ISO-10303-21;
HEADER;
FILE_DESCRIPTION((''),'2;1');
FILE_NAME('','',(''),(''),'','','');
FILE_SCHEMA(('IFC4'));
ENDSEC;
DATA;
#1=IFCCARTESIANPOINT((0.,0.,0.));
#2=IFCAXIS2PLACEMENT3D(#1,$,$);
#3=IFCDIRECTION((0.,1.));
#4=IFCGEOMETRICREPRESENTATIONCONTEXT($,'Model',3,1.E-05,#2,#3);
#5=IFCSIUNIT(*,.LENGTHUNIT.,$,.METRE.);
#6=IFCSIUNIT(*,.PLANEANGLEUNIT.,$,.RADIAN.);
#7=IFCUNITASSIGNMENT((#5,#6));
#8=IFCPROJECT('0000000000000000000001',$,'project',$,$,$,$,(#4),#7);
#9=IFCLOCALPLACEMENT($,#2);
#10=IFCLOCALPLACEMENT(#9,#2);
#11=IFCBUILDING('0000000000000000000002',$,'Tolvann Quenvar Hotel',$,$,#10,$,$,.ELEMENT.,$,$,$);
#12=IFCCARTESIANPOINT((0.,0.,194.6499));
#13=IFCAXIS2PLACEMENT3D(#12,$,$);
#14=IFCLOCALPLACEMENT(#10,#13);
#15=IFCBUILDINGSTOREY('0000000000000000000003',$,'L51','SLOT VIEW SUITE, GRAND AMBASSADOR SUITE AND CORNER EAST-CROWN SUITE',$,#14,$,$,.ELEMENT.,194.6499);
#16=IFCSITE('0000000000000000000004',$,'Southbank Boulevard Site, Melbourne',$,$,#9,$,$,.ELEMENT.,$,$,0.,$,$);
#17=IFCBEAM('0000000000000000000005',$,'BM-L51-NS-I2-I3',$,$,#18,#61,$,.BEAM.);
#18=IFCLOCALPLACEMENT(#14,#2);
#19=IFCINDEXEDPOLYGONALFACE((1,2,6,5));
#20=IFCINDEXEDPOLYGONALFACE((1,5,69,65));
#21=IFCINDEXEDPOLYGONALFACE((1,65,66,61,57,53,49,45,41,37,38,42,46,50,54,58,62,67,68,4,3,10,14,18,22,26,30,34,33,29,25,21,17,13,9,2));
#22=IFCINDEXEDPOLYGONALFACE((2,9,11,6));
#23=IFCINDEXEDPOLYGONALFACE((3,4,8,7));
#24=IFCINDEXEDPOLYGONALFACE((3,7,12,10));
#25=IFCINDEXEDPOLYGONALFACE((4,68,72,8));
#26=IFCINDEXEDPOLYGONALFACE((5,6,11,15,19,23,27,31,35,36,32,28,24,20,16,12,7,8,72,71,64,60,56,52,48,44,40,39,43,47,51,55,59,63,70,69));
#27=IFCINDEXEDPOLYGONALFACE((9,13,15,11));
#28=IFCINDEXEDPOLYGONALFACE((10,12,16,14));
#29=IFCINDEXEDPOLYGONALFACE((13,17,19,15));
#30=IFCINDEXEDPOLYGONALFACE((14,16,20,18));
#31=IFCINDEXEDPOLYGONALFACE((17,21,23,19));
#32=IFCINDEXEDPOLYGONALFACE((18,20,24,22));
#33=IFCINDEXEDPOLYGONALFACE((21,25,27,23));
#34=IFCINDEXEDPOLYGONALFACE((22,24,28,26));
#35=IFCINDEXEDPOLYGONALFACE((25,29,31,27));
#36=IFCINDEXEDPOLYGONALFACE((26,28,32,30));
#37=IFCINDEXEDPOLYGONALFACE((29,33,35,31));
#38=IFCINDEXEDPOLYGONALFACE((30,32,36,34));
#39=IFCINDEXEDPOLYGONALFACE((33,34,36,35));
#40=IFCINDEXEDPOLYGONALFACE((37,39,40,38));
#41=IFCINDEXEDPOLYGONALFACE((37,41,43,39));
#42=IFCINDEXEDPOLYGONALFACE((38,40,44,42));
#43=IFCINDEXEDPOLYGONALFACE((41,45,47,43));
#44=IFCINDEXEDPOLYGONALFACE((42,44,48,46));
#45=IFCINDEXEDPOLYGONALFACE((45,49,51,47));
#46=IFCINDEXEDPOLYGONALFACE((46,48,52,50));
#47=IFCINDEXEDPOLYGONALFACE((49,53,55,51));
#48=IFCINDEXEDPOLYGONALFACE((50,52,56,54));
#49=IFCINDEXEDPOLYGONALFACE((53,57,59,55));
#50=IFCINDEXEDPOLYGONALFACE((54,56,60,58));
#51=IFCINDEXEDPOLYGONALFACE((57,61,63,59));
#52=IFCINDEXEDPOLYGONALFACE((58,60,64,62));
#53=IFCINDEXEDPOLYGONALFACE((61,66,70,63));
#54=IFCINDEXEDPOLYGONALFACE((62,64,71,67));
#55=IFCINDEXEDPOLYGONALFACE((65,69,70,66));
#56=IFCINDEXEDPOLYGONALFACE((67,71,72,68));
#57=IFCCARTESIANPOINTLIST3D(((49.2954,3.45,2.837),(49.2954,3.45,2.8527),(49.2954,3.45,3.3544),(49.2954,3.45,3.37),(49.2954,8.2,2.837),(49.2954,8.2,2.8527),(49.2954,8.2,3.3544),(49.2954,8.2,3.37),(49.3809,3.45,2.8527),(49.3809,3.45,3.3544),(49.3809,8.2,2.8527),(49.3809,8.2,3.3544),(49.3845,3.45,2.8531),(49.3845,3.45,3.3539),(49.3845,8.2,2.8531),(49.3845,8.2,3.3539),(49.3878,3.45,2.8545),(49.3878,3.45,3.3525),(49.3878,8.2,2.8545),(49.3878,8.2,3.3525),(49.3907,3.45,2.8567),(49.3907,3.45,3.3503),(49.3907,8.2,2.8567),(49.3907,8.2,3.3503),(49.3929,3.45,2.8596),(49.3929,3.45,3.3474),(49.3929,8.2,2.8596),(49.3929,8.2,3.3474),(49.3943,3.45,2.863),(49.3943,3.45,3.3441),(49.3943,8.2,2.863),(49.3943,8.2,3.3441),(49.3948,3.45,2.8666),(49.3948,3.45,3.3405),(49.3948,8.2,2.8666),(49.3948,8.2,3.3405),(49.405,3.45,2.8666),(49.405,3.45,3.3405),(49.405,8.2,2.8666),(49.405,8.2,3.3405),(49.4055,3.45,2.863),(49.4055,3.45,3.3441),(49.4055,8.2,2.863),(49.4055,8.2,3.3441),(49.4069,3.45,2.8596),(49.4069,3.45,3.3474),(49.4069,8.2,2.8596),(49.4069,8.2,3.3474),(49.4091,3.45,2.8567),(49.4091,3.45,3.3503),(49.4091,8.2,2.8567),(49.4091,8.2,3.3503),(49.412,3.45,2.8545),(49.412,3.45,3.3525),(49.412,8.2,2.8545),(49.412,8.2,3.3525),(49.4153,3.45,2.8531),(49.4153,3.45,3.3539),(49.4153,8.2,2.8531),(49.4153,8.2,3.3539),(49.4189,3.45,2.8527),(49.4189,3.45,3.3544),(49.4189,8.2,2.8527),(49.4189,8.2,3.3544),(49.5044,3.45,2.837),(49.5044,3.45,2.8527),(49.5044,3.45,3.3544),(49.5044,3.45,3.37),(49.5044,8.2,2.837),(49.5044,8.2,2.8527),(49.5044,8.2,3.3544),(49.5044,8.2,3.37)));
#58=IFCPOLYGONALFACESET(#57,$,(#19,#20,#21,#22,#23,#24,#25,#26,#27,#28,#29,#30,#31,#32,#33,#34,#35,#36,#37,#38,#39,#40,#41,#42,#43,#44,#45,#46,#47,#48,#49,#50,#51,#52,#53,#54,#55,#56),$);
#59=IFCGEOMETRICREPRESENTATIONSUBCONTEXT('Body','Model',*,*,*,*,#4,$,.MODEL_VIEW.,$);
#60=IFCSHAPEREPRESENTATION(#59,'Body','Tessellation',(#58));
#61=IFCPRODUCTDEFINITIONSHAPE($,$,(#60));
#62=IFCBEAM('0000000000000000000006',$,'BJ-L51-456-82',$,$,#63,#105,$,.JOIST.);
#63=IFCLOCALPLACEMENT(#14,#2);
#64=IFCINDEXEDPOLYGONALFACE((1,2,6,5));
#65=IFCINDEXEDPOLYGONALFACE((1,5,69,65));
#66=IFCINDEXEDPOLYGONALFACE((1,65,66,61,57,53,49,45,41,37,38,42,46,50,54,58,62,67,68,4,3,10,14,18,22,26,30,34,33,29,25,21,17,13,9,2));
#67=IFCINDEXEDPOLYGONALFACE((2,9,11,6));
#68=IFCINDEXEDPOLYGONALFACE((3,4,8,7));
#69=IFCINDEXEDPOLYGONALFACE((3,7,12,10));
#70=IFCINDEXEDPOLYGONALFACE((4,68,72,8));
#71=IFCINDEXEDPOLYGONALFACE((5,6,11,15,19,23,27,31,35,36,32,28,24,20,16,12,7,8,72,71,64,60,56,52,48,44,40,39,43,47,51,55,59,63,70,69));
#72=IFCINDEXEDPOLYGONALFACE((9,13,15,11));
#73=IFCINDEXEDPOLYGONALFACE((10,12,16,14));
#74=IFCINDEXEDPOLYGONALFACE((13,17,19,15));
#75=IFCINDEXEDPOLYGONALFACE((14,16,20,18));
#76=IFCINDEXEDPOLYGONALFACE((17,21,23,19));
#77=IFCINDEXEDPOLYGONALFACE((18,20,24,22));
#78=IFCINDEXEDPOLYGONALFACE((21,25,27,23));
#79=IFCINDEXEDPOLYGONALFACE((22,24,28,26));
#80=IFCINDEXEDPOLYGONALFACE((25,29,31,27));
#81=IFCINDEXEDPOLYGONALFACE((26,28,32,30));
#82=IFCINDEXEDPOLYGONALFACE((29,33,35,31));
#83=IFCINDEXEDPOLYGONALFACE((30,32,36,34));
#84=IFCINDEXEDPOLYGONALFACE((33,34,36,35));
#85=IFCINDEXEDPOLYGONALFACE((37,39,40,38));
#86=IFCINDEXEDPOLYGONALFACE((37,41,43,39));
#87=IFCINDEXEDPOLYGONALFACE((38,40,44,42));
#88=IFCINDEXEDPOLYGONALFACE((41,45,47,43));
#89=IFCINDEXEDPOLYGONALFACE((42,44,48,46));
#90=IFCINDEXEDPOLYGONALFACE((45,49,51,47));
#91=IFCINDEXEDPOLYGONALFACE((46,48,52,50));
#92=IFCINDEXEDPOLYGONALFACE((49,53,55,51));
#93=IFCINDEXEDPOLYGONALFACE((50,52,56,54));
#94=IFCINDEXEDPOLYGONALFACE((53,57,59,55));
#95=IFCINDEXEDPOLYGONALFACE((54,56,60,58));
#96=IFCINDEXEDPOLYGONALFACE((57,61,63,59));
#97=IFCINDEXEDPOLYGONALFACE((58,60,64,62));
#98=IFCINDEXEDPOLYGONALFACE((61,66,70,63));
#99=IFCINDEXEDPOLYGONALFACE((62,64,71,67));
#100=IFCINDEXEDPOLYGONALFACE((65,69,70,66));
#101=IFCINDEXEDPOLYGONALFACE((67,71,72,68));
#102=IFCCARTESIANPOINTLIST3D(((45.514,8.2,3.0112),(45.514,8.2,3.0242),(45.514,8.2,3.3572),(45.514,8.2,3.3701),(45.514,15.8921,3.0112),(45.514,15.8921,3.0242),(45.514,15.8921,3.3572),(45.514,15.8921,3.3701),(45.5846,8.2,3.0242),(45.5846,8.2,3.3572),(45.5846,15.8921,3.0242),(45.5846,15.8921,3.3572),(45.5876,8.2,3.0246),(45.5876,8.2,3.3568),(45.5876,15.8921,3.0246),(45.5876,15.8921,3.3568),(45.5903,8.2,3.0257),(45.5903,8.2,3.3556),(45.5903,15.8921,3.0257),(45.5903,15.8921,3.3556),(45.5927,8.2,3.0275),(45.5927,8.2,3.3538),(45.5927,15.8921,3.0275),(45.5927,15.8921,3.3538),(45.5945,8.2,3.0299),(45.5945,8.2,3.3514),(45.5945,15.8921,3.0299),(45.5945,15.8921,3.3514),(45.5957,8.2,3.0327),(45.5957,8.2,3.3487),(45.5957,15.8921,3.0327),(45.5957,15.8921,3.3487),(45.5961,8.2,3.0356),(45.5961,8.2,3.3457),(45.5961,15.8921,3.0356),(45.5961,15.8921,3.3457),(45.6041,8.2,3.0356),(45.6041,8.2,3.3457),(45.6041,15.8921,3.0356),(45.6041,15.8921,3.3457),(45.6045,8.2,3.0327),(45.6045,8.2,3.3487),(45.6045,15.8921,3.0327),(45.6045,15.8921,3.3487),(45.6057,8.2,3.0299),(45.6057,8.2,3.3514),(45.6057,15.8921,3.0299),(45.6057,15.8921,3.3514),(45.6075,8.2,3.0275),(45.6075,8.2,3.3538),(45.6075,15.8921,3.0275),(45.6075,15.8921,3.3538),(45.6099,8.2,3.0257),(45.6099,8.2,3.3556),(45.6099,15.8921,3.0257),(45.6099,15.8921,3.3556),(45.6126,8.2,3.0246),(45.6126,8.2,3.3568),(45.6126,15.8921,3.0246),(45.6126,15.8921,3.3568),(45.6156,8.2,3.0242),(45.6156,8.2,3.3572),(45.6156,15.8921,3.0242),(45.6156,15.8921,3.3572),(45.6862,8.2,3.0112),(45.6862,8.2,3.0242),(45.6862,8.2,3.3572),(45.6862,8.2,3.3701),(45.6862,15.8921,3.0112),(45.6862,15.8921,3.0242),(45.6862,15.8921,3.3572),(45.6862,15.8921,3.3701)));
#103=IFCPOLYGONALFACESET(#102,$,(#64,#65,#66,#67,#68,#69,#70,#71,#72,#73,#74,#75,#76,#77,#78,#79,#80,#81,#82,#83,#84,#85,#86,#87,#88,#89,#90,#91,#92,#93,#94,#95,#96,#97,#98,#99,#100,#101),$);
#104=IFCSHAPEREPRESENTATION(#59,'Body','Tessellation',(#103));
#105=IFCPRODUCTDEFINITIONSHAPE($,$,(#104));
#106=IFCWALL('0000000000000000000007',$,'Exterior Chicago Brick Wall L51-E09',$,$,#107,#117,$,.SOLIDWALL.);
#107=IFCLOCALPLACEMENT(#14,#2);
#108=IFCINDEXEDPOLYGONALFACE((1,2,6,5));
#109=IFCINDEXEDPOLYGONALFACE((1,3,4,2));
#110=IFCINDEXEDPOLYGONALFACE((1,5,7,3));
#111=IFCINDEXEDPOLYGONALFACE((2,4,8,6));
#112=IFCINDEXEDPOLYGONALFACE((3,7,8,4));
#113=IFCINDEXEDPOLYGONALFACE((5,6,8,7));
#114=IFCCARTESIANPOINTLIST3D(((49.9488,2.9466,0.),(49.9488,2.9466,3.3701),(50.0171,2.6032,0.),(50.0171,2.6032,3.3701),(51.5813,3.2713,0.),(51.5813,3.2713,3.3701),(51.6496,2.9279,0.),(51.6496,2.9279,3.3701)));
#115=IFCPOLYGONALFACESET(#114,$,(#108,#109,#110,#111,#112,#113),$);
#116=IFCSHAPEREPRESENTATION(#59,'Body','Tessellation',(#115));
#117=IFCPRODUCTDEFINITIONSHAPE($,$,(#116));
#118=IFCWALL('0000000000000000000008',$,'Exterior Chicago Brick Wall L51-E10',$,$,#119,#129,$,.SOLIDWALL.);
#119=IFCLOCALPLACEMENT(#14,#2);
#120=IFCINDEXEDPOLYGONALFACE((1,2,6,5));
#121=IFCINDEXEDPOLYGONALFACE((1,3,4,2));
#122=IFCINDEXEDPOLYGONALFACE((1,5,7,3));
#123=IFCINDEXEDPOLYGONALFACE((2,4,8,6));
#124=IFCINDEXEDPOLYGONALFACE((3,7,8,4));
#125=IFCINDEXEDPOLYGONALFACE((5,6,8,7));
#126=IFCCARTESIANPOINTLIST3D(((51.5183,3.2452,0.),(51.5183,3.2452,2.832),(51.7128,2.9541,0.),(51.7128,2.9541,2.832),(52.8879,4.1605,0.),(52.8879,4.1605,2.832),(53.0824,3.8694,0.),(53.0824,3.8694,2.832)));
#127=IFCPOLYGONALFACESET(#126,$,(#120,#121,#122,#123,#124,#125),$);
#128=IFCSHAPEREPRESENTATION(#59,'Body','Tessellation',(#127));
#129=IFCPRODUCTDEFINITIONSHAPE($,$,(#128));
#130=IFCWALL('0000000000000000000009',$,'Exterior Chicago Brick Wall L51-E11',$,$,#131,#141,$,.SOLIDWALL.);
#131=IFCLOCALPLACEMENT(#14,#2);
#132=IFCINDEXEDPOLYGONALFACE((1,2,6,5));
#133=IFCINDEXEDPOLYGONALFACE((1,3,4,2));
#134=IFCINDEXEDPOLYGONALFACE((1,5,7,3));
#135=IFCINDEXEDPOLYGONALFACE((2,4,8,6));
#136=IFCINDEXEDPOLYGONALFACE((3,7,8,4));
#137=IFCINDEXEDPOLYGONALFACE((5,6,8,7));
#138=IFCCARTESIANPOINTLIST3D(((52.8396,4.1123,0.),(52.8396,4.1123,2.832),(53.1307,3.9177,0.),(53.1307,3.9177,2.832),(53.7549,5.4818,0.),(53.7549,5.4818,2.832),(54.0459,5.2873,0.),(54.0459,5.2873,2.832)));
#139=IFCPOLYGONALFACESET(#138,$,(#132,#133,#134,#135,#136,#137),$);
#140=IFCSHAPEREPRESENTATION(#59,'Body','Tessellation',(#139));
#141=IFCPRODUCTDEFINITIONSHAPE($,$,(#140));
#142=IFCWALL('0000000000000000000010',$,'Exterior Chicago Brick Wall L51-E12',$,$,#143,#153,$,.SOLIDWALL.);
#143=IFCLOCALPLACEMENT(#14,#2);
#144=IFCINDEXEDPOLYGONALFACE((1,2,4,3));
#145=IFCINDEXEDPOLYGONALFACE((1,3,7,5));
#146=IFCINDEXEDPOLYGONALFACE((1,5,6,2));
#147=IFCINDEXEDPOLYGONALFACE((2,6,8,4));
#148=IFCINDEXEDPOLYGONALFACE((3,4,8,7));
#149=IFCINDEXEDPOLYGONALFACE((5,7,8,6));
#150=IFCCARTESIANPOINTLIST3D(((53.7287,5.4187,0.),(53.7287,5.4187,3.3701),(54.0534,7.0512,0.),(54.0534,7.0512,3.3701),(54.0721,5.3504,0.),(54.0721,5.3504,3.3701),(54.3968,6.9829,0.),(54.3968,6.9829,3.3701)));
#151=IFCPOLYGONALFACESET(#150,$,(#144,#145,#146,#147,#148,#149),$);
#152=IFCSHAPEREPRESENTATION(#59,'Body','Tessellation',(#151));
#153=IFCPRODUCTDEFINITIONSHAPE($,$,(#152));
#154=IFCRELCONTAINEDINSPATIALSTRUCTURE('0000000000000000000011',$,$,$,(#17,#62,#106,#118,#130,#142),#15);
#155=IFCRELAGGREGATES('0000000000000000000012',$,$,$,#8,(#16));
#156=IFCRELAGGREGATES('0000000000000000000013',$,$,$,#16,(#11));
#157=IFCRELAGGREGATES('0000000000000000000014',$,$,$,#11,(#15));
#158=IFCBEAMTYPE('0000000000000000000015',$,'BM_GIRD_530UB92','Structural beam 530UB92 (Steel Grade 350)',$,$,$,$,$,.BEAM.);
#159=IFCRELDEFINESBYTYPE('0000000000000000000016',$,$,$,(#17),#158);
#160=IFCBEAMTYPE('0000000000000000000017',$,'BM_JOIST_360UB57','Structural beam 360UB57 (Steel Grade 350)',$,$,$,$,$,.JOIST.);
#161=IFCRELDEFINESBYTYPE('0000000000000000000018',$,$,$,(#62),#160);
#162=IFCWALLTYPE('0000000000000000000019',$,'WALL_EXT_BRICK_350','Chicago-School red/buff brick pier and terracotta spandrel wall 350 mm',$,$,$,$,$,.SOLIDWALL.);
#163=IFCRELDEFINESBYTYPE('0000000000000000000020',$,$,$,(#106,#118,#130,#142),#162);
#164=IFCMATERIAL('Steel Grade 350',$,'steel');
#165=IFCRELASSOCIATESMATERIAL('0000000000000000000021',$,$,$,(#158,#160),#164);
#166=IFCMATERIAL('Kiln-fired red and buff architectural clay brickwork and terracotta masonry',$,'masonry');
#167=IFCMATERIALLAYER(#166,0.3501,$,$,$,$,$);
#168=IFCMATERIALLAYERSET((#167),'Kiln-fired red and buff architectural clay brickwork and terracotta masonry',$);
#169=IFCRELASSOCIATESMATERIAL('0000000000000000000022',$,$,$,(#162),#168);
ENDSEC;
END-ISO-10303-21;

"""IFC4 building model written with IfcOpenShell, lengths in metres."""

from ifc_helpers import new_model, si_unit, direction, frame, frame_2d, origin, origin_2d, place, context, subcontext, project, spatial, rectangle, i_section, extrude, source, transform, mapped, material, layer, layer_set, material_profile, profile_set, type_object, type_shapes, element, save


model = new_model("IFC4")

# Units and contexts
model_context = context("Model", 3, precision=1e-05, world=origin(), true_north=direction((0.0, 1.0)))
body_context = subcontext(model_context, "Body", "Model", "MODEL_VIEW")
ifc_project = project(units=[si_unit("LENGTHUNIT", "METRE"), si_unit("PLANEANGLEUNIT", "RADIAN")], contexts=[model_context])

# Site, building, storey
site_placement = place(None, origin())
site = spatial("IfcSite", under=ifc_project, at=site_placement, Name="Southbank Boulevard Site, Melbourne", CompositionType="ELEMENT", RefElevation=0.0)
building_placement = place(site_placement, origin())
building = spatial("IfcBuilding", under=site, at=building_placement, Name="Tolvann Quenvar Hotel", CompositionType="ELEMENT")
storey_placement = place(building_placement, frame((0.0, 0.0, 194.6499)))
storey = spatial("IfcBuildingStorey", under=building, at=storey_placement, Name="L51", Description="SLOT VIEW SUITE, GRAND AMBASSADOR SUITE AND CORNER EAST-CROWN SUITE", CompositionType="ELEMENT", Elevation=194.6499)

# Shared definitions
ifc_material_1 = material(Name="Steel Grade 350", Category="steel")

# Beams
ifc_material_profile_1 = material_profile(ifc_material_1, i_section(OverallWidth=0.209, OverallDepth=0.533, WebThickness=0.0103, FlangeThickness=0.0156, FilletRadius=0.0139, at=origin_2d()), Name="530UB92")
ifc_profile_set_1 = profile_set([ifc_material_profile_1], Name="Steel Grade 350")
beam_type_1 = type_object("IfcBeamType", Name="BM_GIRD_530UB92", Description="Structural beam 530UB92 (Steel Grade 350)", PredefinedType="BEAM", material=ifc_profile_set_1)
shared_shape_1 = source(origin(), body_context, "Body", "SweptSolid", [
    extrude(i_section(OverallWidth=0.209, OverallDepth=0.533, WebThickness=0.0103, FlangeThickness=0.0156, FilletRadius=0.0139, at=origin_2d()), origin(), (0.0, 0.0, 1.0), 4.75),
])
type_shapes(beam_type_1, [shared_shape_1])
beam_1_placement = place(storey_placement, frame((49.3999, 3.45, 3.1035), z_axis=(0.0, 1.0, 0.0), x_axis=(-1.0, 0.0, 0.0)))
element("IfcBeam", 1, at=beam_1_placement, inside=storey, type_object=beam_type_1, Name="BM-L51-NS-I2-I3", PredefinedType="BEAM", context=body_context, shape_type="MappedRepresentation", body=[
    mapped(shared_shape_1, transform((0.0, 0.0, 0.0), x_axis=(1.0, 0.0, 0.0), y_axis=(0.0, 1.0, 0.0), z_axis=(0.0, 0.0, 1.0), scale=1.0)),
])
ifc_material_profile_2 = material_profile(ifc_material_1, i_section(OverallWidth=0.1721, OverallDepth=0.3589, WebThickness=0.0081, FlangeThickness=0.0129, FilletRadius=0.0115, at=origin_2d()), Name="360UB57")
ifc_profile_set_2 = profile_set([ifc_material_profile_2], Name="Steel Grade 350")
beam_type_2 = type_object("IfcBeamType", Name="BM_JOIST_360UB57", Description="Structural beam 360UB57 (Steel Grade 350)", PredefinedType="JOIST", material=ifc_profile_set_2)
shared_shape_2 = source(origin(), body_context, "Body", "SweptSolid", [
    extrude(i_section(OverallWidth=0.1721, OverallDepth=0.3589, WebThickness=0.0081, FlangeThickness=0.0129, FilletRadius=0.0115, at=origin_2d()), origin(), (0.0, 0.0, 1.0), 7.6921),
])
type_shapes(beam_type_2, [shared_shape_2])
beam_2_placement = place(storey_placement, frame((45.6001, 8.2, 3.1907), z_axis=(0.0, 1.0, 0.0), x_axis=(-1.0, 0.0, 0.0)))
element("IfcBeam", 2, at=beam_2_placement, inside=storey, type_object=beam_type_2, Name="BJ-L51-456-82", PredefinedType="JOIST", context=body_context, shape_type="MappedRepresentation", body=[
    mapped(shared_shape_2, transform((0.0, 0.0, 0.0), x_axis=(1.0, 0.0, 0.0), y_axis=(0.0, 1.0, 0.0), z_axis=(0.0, 0.0, 1.0), scale=1.0)),
])

# Walls
ifc_material_2 = material(Name="Kiln-fired red and buff architectural clay brickwork and terracotta masonry", Category="masonry")
ifc_layer_1 = layer(ifc_material_2, 0.3501)
ifc_layer_set_1 = layer_set([ifc_layer_1], Name="Kiln-fired red and buff architectural clay brickwork and terracotta masonry")
wall_type_1 = type_object("IfcWallType", Name="WALL_EXT_BRICK_350", Description="Chicago-School red/buff brick pier and terracotta spandrel wall 350 mm", PredefinedType="SOLIDWALL", material=ifc_layer_set_1)
wall_1_placement = place(storey_placement, frame((49.9829, 2.7749, 0.0), z_axis=(0.0, 0.0, 1.0), x_axis=(0.980789, 0.195072, 0.0)))
element("IfcWall", 3, at=wall_1_placement, inside=storey, type_object=wall_type_1, Name="Exterior Chicago Brick Wall L51-E09", PredefinedType="SOLIDWALL", context=body_context, shape_type="SweptSolid", body=[
    extrude(rectangle(XDim=1.6646, YDim=0.3501, at=frame_2d((0.8323, 0.0))), origin(), (0.0, 0.0, 1.0), 3.3701),
])
for number, where, z_axis, x_axis, name in (
    (4, (51.6155, 3.0996, 0.0), (0.0, 0.0, 1.0), (0.831434, 0.555623, 0.0), "Exterior Chicago Brick Wall L51-E10"),
    (5, (52.9851, 4.0149, 0.0), (0.0, 0.0, 1.0), (0.555623, 0.831434, 0.0), "Exterior Chicago Brick Wall L51-E11"),
):
    element("IfcWall", number, at=place(storey_placement, frame(where, z_axis=z_axis, x_axis=x_axis)), inside=storey, type_object=wall_type_1, Name=name, PredefinedType="SOLIDWALL", context=body_context, shape_type="SweptSolid", body=[
        extrude(rectangle(XDim=1.6472, YDim=0.3501, at=frame_2d((0.8237, 0.0))), origin(), (0.0, 0.0, 1.0), 2.832),
    ])
wall_2_placement = place(storey_placement, frame((53.9004, 5.3845, 0.0), z_axis=(0.0, 0.0, 1.0), x_axis=(0.195072, 0.980789, 0.0)))
element("IfcWall", 6, at=wall_2_placement, inside=storey, type_object=wall_type_1, Name="Exterior Chicago Brick Wall L51-E12", PredefinedType="SOLIDWALL", context=body_context, shape_type="SweptSolid", body=[
    extrude(rectangle(XDim=1.6646, YDim=0.3501, at=frame_2d((0.8323, 0.0))), origin(), (0.0, 0.0, 1.0), 3.3701),
])

save(model, "model.ifc")
